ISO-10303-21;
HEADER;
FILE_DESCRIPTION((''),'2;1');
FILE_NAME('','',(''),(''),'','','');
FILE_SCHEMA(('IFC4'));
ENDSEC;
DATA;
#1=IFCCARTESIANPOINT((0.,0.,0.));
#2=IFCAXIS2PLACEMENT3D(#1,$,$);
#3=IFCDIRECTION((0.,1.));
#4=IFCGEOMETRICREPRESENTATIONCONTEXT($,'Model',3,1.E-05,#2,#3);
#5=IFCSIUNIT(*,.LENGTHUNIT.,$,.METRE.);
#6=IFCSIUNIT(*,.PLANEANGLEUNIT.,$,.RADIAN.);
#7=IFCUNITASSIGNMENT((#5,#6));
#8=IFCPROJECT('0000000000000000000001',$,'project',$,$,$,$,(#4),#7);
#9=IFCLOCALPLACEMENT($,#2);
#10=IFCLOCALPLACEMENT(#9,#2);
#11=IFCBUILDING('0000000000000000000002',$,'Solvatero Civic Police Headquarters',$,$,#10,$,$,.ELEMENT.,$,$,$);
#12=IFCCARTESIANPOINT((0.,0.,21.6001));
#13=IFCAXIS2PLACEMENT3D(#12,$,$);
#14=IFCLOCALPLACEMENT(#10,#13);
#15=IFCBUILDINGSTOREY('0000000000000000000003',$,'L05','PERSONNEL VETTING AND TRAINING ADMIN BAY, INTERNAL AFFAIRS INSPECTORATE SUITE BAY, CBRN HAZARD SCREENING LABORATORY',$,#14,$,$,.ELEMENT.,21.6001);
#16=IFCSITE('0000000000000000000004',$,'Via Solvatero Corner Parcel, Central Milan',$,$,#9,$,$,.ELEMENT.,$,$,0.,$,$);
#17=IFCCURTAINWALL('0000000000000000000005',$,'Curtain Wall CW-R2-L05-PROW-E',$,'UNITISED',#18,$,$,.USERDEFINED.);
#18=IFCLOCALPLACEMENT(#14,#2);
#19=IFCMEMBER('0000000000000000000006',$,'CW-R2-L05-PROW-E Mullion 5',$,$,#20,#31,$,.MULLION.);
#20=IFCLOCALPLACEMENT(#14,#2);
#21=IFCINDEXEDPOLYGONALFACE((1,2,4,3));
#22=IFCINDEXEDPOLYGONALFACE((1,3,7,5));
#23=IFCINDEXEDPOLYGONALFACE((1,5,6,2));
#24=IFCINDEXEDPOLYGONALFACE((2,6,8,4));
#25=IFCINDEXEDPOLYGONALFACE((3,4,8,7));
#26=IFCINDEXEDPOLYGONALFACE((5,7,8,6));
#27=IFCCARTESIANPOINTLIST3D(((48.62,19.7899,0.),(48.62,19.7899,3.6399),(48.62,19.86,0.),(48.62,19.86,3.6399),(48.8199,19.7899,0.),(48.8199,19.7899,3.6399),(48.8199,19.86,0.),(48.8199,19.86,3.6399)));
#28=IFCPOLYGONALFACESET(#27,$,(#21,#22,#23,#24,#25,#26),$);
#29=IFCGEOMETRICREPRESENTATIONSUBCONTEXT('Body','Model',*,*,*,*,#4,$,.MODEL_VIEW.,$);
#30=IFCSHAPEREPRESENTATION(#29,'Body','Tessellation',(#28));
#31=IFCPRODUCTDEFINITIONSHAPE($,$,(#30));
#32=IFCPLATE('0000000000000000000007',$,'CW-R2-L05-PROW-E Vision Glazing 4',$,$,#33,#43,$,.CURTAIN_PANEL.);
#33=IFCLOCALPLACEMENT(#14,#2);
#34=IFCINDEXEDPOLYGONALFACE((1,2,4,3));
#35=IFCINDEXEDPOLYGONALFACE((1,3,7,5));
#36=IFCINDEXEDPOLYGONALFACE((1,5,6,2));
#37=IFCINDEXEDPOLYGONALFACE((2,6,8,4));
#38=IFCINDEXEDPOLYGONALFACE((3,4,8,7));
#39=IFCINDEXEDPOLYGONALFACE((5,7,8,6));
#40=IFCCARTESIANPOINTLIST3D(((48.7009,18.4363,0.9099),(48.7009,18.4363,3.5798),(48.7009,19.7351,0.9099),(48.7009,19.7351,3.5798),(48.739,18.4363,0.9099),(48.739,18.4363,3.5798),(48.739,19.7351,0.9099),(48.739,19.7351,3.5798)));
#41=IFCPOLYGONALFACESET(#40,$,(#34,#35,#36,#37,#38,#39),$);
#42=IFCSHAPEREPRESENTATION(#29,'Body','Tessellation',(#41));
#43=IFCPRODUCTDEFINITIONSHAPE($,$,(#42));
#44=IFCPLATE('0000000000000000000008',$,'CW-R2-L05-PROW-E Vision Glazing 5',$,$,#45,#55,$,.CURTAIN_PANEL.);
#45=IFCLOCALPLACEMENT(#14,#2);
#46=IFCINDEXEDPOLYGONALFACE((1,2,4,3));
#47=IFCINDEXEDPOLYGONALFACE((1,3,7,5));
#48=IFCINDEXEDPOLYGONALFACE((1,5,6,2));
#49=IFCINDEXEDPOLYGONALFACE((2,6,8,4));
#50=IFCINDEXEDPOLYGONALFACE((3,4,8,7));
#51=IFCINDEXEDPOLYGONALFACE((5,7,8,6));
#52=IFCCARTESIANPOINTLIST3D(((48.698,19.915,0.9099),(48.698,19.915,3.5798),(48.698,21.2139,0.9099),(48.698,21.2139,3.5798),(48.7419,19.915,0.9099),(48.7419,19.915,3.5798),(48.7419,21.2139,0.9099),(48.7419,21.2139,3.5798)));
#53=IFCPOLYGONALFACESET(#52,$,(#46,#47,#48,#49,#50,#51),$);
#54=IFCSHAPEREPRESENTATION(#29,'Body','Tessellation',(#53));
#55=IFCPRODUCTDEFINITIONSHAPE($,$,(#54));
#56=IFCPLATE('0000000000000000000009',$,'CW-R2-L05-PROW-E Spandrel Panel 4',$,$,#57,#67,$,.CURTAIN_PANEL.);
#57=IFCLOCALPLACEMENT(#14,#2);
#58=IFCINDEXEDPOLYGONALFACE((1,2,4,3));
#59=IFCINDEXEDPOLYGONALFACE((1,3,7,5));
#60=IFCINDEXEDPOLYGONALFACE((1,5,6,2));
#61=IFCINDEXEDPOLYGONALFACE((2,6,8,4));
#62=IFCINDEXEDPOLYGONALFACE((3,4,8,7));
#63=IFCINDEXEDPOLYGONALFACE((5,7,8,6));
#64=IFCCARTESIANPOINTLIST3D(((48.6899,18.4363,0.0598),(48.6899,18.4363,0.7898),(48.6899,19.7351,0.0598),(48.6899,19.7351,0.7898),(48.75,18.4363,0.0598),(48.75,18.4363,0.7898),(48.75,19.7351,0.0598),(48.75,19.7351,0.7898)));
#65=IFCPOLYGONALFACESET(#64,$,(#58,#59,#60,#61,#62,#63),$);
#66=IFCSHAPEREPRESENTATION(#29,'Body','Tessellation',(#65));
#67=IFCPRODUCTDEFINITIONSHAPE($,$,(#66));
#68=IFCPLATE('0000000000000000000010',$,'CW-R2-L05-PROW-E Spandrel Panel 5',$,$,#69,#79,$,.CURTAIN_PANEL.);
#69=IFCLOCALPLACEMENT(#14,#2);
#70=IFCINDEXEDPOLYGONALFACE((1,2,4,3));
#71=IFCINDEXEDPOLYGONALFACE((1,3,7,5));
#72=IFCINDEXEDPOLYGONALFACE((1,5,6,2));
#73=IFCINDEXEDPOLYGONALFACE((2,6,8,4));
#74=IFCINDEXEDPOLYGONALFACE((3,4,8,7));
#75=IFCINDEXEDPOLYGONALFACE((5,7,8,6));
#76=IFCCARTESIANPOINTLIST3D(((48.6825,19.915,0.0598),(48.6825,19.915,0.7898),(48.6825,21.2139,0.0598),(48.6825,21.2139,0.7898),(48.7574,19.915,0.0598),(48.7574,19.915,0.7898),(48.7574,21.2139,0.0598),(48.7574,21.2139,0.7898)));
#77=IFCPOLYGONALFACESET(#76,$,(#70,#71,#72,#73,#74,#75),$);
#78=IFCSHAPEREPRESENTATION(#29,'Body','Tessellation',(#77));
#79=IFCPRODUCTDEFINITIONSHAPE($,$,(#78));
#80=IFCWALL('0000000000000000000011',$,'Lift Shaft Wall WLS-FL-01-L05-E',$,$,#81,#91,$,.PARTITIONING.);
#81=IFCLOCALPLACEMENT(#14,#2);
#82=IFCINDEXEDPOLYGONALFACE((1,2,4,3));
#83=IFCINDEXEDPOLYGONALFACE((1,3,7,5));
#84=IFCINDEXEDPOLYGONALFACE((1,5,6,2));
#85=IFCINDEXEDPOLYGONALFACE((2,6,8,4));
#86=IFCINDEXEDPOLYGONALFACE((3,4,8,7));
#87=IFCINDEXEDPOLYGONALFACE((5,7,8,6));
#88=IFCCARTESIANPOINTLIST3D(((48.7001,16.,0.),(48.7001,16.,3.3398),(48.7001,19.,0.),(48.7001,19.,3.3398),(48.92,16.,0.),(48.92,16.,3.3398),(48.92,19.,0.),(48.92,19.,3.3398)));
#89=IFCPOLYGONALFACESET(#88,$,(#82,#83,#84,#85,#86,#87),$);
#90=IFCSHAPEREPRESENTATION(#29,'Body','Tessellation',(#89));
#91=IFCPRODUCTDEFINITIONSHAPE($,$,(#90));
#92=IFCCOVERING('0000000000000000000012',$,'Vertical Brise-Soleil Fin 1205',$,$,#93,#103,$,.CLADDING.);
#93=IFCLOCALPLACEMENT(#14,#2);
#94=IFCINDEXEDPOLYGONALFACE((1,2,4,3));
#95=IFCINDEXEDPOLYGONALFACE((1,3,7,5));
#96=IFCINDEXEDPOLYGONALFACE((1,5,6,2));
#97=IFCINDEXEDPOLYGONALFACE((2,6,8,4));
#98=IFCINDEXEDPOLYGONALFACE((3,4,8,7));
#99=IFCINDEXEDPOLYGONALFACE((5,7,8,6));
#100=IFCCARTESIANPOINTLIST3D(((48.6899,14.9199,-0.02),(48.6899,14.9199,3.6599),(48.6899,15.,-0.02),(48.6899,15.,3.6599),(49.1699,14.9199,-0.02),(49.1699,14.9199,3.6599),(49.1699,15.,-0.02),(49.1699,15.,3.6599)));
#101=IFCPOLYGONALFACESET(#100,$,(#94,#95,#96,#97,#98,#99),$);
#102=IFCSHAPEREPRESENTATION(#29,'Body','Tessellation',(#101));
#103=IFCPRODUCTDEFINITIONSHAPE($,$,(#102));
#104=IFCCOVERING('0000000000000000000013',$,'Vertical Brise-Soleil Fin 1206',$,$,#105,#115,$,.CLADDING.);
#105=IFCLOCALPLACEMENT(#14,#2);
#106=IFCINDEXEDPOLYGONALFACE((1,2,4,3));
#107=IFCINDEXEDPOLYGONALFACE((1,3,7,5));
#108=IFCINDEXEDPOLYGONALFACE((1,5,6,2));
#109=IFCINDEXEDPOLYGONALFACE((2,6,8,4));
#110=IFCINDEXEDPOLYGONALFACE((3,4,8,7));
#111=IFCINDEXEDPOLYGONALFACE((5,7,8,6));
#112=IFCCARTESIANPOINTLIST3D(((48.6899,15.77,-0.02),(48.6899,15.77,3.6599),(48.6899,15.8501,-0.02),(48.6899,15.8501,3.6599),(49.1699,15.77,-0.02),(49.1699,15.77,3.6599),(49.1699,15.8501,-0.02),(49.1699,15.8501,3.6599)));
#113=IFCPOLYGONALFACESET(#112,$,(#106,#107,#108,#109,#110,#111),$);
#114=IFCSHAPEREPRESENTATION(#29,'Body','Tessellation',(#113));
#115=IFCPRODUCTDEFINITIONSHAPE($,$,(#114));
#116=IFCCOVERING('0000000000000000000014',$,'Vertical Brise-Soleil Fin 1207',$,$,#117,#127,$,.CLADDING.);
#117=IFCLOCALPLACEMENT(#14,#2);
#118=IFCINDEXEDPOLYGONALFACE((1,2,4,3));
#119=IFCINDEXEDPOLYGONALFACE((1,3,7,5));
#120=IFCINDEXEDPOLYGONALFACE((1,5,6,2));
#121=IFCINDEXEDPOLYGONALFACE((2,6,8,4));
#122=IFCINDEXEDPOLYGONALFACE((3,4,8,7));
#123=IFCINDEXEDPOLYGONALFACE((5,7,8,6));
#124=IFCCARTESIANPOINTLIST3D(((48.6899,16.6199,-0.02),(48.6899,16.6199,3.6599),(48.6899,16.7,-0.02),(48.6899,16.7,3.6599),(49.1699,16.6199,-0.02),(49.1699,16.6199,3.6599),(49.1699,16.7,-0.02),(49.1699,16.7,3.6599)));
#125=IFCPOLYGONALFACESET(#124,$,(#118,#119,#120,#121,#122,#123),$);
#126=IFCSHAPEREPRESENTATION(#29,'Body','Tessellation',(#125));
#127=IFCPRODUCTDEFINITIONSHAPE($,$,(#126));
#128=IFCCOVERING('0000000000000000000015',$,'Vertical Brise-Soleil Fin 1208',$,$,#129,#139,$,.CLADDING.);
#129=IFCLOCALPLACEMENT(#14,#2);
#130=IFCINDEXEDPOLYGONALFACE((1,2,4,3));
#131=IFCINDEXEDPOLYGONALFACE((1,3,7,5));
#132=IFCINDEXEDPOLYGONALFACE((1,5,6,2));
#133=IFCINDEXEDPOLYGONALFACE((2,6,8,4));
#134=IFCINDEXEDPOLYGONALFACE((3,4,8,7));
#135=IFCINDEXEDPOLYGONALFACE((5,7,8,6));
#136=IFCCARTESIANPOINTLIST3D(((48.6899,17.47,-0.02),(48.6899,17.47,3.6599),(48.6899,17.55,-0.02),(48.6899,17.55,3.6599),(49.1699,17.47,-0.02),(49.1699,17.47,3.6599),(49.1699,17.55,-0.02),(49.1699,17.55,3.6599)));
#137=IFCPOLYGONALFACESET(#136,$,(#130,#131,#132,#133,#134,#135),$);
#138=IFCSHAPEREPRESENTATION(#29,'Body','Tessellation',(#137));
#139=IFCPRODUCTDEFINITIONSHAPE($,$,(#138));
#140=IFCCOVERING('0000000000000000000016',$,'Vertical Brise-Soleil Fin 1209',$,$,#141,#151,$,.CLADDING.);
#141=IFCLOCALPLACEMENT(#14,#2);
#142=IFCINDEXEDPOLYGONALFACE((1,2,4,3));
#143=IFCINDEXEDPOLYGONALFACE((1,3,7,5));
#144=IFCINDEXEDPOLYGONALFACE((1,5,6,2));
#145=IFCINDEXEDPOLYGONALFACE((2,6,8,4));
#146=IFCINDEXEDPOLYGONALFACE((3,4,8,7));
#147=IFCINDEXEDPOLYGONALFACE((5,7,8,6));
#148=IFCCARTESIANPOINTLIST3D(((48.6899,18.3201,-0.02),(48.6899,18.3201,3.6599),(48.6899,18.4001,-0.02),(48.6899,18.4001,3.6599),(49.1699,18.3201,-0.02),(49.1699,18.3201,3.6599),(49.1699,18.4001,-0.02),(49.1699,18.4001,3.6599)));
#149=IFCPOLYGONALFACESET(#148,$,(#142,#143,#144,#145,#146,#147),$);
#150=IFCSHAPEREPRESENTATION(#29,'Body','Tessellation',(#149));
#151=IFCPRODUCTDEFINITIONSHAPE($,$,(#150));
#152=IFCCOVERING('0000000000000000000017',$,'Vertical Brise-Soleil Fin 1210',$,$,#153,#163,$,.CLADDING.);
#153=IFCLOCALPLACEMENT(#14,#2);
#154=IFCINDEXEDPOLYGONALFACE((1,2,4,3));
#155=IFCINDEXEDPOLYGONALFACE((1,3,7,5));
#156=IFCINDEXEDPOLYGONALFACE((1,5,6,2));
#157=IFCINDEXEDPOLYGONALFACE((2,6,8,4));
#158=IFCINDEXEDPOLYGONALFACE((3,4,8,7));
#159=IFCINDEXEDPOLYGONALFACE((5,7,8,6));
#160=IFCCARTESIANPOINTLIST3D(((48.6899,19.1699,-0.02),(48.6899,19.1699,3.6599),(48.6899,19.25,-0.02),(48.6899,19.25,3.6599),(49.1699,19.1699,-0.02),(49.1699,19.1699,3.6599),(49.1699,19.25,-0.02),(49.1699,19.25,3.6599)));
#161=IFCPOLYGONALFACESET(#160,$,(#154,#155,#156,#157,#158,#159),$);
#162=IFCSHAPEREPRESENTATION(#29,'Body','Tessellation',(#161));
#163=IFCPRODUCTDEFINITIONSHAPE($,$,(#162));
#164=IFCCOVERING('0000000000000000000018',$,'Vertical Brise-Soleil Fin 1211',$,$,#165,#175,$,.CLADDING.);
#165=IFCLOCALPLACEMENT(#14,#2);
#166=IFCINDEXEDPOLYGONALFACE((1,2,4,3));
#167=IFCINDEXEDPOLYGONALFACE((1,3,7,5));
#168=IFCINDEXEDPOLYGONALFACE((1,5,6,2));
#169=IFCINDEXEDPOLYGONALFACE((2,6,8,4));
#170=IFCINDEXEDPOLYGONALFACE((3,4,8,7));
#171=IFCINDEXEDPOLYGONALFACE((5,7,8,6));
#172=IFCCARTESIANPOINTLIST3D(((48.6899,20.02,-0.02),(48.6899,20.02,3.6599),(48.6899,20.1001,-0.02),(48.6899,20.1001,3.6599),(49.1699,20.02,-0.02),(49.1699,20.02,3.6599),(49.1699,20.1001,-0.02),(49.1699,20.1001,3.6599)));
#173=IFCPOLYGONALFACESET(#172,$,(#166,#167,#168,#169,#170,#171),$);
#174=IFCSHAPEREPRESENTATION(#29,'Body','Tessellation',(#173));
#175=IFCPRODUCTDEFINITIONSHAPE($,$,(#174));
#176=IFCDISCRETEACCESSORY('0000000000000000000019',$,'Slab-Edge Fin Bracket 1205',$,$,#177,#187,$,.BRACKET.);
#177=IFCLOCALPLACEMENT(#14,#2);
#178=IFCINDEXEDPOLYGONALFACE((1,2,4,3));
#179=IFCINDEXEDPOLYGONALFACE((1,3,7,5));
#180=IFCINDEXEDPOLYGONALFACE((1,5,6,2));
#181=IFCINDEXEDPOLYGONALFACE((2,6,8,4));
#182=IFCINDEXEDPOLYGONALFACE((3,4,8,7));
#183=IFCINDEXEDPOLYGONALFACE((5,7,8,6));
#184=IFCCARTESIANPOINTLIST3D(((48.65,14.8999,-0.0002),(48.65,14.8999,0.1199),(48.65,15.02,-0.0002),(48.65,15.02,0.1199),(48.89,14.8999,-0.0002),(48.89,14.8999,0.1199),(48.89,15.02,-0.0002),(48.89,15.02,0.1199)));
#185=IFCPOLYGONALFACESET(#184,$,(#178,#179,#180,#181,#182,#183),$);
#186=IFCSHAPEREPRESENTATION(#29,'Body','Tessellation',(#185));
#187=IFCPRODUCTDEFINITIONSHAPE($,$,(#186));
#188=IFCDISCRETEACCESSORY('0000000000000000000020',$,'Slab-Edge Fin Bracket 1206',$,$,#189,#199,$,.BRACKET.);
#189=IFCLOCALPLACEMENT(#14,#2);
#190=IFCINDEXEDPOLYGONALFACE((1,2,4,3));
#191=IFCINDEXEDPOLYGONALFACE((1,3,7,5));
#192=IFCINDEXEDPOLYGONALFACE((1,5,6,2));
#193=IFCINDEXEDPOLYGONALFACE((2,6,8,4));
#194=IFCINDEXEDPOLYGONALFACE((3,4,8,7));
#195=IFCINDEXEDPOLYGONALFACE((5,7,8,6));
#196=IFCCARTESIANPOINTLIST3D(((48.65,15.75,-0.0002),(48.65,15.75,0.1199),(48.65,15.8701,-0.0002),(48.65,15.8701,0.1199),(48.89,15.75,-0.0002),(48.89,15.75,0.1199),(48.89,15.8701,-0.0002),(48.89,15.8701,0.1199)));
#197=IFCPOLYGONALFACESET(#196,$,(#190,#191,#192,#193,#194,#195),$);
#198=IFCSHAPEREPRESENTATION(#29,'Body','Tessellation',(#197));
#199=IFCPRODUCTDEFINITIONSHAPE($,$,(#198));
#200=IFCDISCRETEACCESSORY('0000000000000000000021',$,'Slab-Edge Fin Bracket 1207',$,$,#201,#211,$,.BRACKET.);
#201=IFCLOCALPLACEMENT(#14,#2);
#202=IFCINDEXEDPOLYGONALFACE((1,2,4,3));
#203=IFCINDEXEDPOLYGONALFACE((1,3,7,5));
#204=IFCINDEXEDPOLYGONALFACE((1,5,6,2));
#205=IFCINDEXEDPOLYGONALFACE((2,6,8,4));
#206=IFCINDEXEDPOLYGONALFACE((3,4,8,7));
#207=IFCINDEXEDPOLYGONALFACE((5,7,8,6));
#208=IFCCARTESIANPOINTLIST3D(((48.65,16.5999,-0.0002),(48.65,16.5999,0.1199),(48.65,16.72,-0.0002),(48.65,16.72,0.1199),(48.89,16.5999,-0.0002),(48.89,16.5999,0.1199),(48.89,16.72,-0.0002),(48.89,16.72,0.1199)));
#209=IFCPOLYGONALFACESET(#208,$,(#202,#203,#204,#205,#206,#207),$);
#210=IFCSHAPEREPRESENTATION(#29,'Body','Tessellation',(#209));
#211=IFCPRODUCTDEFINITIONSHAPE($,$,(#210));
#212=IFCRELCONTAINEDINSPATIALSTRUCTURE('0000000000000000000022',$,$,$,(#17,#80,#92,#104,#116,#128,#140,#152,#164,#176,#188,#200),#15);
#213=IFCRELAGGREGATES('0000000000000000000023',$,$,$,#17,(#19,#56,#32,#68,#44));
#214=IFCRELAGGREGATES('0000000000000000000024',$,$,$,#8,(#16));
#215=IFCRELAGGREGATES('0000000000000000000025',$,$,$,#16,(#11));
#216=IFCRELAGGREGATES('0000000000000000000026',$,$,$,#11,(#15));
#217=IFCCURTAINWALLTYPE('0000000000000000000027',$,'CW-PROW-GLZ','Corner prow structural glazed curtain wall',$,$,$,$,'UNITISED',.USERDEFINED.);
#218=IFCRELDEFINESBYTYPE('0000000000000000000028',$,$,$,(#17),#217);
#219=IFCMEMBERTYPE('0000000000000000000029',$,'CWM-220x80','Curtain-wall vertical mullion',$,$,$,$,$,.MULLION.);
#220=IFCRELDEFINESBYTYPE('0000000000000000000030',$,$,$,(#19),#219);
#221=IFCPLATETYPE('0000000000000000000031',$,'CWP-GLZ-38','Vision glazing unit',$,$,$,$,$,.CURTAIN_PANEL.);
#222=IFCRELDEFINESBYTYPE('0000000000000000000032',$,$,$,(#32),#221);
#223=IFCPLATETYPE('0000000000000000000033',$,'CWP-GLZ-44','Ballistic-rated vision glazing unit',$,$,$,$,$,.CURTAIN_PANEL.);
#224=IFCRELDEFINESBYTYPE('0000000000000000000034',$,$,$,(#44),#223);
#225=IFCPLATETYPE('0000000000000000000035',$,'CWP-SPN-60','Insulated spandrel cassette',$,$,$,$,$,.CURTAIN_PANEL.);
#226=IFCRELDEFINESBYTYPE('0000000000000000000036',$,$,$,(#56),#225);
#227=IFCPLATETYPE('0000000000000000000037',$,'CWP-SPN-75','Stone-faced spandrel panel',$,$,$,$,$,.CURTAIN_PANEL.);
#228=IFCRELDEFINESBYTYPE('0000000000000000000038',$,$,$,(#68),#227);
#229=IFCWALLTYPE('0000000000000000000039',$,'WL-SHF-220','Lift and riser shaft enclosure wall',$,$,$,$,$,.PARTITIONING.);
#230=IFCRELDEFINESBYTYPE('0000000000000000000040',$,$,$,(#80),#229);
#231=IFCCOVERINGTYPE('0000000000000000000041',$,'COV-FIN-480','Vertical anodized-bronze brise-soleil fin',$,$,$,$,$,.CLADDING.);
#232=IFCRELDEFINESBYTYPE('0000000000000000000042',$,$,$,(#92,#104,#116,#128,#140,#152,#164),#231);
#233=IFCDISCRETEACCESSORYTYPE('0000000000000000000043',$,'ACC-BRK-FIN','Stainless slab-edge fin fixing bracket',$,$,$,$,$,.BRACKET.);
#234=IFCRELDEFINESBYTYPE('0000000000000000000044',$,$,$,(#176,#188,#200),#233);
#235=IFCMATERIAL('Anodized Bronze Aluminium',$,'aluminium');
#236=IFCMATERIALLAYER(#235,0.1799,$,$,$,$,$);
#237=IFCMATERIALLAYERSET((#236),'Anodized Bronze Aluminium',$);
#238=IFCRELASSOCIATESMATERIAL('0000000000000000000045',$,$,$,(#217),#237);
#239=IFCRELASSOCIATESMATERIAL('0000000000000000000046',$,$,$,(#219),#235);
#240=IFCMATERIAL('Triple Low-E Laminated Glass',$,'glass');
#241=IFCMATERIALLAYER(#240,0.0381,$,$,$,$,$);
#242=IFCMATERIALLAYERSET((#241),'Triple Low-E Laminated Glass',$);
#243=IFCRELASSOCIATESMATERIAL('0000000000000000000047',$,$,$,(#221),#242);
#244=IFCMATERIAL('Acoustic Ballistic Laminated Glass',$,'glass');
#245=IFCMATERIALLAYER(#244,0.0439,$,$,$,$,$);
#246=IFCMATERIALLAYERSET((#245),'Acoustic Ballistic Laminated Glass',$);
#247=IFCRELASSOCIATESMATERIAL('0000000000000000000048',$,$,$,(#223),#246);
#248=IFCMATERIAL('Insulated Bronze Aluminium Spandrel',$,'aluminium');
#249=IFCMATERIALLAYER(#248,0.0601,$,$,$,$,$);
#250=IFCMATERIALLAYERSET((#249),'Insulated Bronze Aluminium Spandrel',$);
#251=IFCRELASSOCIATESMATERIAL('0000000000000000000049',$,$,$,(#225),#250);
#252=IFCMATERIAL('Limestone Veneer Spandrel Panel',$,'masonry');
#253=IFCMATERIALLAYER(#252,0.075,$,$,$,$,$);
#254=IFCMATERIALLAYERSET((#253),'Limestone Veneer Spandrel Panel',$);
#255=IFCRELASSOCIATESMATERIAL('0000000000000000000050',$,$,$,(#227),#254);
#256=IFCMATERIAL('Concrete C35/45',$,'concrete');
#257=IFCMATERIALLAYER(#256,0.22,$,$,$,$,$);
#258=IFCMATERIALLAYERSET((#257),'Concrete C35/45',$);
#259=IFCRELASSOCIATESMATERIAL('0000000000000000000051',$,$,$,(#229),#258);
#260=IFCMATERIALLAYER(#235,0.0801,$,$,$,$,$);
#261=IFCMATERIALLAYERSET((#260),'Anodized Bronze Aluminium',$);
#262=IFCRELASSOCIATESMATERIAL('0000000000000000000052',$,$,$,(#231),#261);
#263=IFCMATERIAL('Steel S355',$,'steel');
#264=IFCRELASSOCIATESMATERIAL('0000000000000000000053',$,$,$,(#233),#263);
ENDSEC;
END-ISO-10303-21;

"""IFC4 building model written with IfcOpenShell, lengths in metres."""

from ifc_helpers import new_model, si_unit, direction, frame, frame_2d, origin, origin_2d, place, context, subcontext, project, spatial, rectangle, extrude, material, layer, layer_set, material_profile, profile_set, type_object, element, aggregate, save


model = new_model("IFC4")

# Units and contexts
model_context = context("Model", 3, precision=1e-05, world=origin(), true_north=direction((0.0, 1.0)))
body_context = subcontext(model_context, "Body", "Model", "MODEL_VIEW")
ifc_project = project(units=[si_unit("LENGTHUNIT", "METRE"), si_unit("PLANEANGLEUNIT", "RADIAN")], contexts=[model_context])

# Site, building, storey
site_placement = place(None, origin())
site = spatial("IfcSite", under=ifc_project, at=site_placement, Name="Via Solvatero Corner Parcel, Central Milan", CompositionType="ELEMENT", RefElevation=0.0)
building_placement = place(site_placement, origin())
building = spatial("IfcBuilding", under=site, at=building_placement, Name="Solvatero Civic Police Headquarters", CompositionType="ELEMENT")
storey_placement = place(building_placement, frame((0.0, 0.0, 21.6001)))
storey = spatial("IfcBuildingStorey", under=building, at=storey_placement, Name="L05", Description="PERSONNEL VETTING AND TRAINING ADMIN BAY, INTERNAL AFFAIRS INSPECTORATE SUITE BAY, CBRN HAZARD SCREENING LABORATORY", CompositionType="ELEMENT", Elevation=21.6001)

# Curtain wall, member, plates
ifc_material_1 = material(Name="Anodized Bronze Aluminium", Category="aluminium")
ifc_layer_1 = layer(ifc_material_1, 0.1799)
ifc_layer_set_1 = layer_set([ifc_layer_1], Name="Anodized Bronze Aluminium")
curtain_wall_type = type_object("IfcCurtainWallType", Name="CW-PROW-GLZ", Description="Corner prow structural glazed curtain wall", ElementType="UNITISED", PredefinedType="USERDEFINED", material=ifc_layer_set_1)
curtain_wall_placement = place(storey_placement, origin())
curtain_wall = element("IfcCurtainWall", 1, at=curtain_wall_placement, inside=storey, type_object=curtain_wall_type, Name="Curtain Wall CW-R2-L05-PROW-E", ObjectType="UNITISED", PredefinedType="USERDEFINED")
ifc_material_profile = material_profile(ifc_material_1, rectangle(XDim=0.0701, YDim=0.2, at=origin_2d()), Name="ALU MULLION 70x200")
ifc_profile_set = profile_set([ifc_material_profile], Name="Anodized Bronze Aluminium")
member_type = type_object("IfcMemberType", Name="CWM-220x80", Description="Curtain-wall vertical mullion", PredefinedType="MULLION", material=ifc_profile_set)
member_placement = place(storey_placement, frame((48.72, 19.825, 0.0), z_axis=(0.0, 0.0, 1.0), x_axis=(0.0, 1.0, 0.0)))
member = element("IfcMember", 2, at=member_placement, type_object=member_type, Name="CW-R2-L05-PROW-E Mullion 5", PredefinedType="MULLION", context=body_context, shape_type="SweptSolid", body=[
    extrude(rectangle(XDim=0.0701, YDim=0.2, at=origin_2d()), origin(), (0.0, 0.0, 1.0), 3.6399),
])
ifc_material_2 = material(Name="Triple Low-E Laminated Glass", Category="glass")
ifc_layer_2 = layer(ifc_material_2, 0.0381)
ifc_layer_set_2 = layer_set([ifc_layer_2], Name="Triple Low-E Laminated Glass")
plate_type_1 = type_object("IfcPlateType", Name="CWP-GLZ-38", Description="Vision glazing unit", PredefinedType="CURTAIN_PANEL", material=ifc_layer_set_2)
plate_1_placement = place(storey_placement, frame((48.72, 19.0857, 0.9099), z_axis=(0.0, 0.0, 1.0), x_axis=(0.0, 1.0, 0.0)))
plate_1 = element("IfcPlate", 3, at=plate_1_placement, type_object=plate_type_1, Name="CW-R2-L05-PROW-E Vision Glazing 4", PredefinedType="CURTAIN_PANEL", context=body_context, shape_type="SweptSolid", body=[
    extrude(rectangle(XDim=1.2988, YDim=0.0381, at=origin_2d()), origin(), (0.0, 0.0, 1.0), 2.6699),
])
ifc_material_3 = material(Name="Acoustic Ballistic Laminated Glass", Category="glass")
ifc_layer_3 = layer(ifc_material_3, 0.0439)
ifc_layer_set_3 = layer_set([ifc_layer_3], Name="Acoustic Ballistic Laminated Glass")
plate_type_2 = type_object("IfcPlateType", Name="CWP-GLZ-44", Description="Ballistic-rated vision glazing unit", PredefinedType="CURTAIN_PANEL", material=ifc_layer_set_3)
plate_2_placement = place(storey_placement, frame((48.72, 20.5645, 0.9099), z_axis=(0.0, 0.0, 1.0), x_axis=(0.0, 1.0, 0.0)))
plate_2 = element("IfcPlate", 4, at=plate_2_placement, type_object=plate_type_2, Name="CW-R2-L05-PROW-E Vision Glazing 5", PredefinedType="CURTAIN_PANEL", context=body_context, shape_type="SweptSolid", body=[
    extrude(rectangle(XDim=1.2988, YDim=0.0439, at=origin_2d()), origin(), (0.0, 0.0, 1.0), 2.6699),
])
ifc_material_4 = material(Name="Insulated Bronze Aluminium Spandrel", Category="aluminium")
ifc_layer_4 = layer(ifc_material_4, 0.0601)
ifc_layer_set_4 = layer_set([ifc_layer_4], Name="Insulated Bronze Aluminium Spandrel")
plate_type_3 = type_object("IfcPlateType", Name="CWP-SPN-60", Description="Insulated spandrel cassette", PredefinedType="CURTAIN_PANEL", material=ifc_layer_set_4)
plate_3_placement = place(storey_placement, frame((48.72, 19.0857, 0.0598), z_axis=(0.0, 0.0, 1.0), x_axis=(0.0, 1.0, 0.0)))
plate_3 = element("IfcPlate", 5, at=plate_3_placement, type_object=plate_type_3, Name="CW-R2-L05-PROW-E Spandrel Panel 4", PredefinedType="CURTAIN_PANEL", context=body_context, shape_type="SweptSolid", body=[
    extrude(rectangle(XDim=1.2988, YDim=0.0601, at=origin_2d()), origin(), (0.0, 0.0, 1.0), 0.73),
])
ifc_material_5 = material(Name="Limestone Veneer Spandrel Panel", Category="masonry")
ifc_layer_5 = layer(ifc_material_5, 0.075)
ifc_layer_set_5 = layer_set([ifc_layer_5], Name="Limestone Veneer Spandrel Panel")
plate_type_4 = type_object("IfcPlateType", Name="CWP-SPN-75", Description="Stone-faced spandrel panel", PredefinedType="CURTAIN_PANEL", material=ifc_layer_set_5)
plate_4_placement = place(storey_placement, frame((48.72, 20.5645, 0.0598), z_axis=(0.0, 0.0, 1.0), x_axis=(0.0, 1.0, 0.0)))
plate_4 = element("IfcPlate", 6, at=plate_4_placement, type_object=plate_type_4, Name="CW-R2-L05-PROW-E Spandrel Panel 5", PredefinedType="CURTAIN_PANEL", context=body_context, shape_type="SweptSolid", body=[
    extrude(rectangle(XDim=1.2988, YDim=0.075, at=origin_2d()), origin(), (0.0, 0.0, 1.0), 0.73),
])
aggregate(curtain_wall, [member, plate_3, plate_1, plate_4, plate_2])

# Wall
ifc_material_6 = material(Name="Concrete C35/45", Category="concrete")
ifc_layer_6 = layer(ifc_material_6, 0.22)
ifc_layer_set_6 = layer_set([ifc_layer_6], Name="Concrete C35/45")
wall_type = type_object("IfcWallType", Name="WL-SHF-220", Description="Lift and riser shaft enclosure wall", PredefinedType="PARTITIONING", material=ifc_layer_set_6)
wall_placement = place(storey_placement, frame((48.8101, 16.0, 0.0), z_axis=(0.0, 0.0, 1.0), x_axis=(0.0, 1.0, 0.0)))
element("IfcWall", 7, at=wall_placement, inside=storey, type_object=wall_type, Name="Lift Shaft Wall WLS-FL-01-L05-E", PredefinedType="PARTITIONING", context=body_context, shape_type="SweptSolid", body=[
    extrude(rectangle(XDim=3.0, YDim=0.22, at=frame_2d((1.5, 0.0))), origin(), (0.0, 0.0, 1.0), 3.3398),
])

# Coverings
ifc_layer_7 = layer(ifc_material_1, 0.0801)
ifc_layer_set_7 = layer_set([ifc_layer_7], Name="Anodized Bronze Aluminium")
covering_type = type_object("IfcCoveringType", Name="COV-FIN-480", Description="Vertical anodized-bronze brise-soleil fin", PredefinedType="CLADDING", material=ifc_layer_set_7)
for number, where, z_axis, x_axis, name in (
    (8, (48.9299, 14.96, -0.02), (0.0, 0.0, 1.0), (0.0, 1.0, 0.0), "Vertical Brise-Soleil Fin 1205"),
    (9, (48.9299, 15.8101, -0.02), (0.0, 0.0, 1.0), (0.0, 1.0, 0.0), "Vertical Brise-Soleil Fin 1206"),
    (10, (48.9299, 16.6599, -0.02), (0.0, 0.0, 1.0), (0.0, 1.0, 0.0), "Vertical Brise-Soleil Fin 1207"),
    (11, (48.9299, 17.51, -0.02), (0.0, 0.0, 1.0), (0.0, 1.0, 0.0), "Vertical Brise-Soleil Fin 1208"),
    (12, (48.9299, 18.3601, -0.02), (0.0, 0.0, 1.0), (0.0, 1.0, 0.0), "Vertical Brise-Soleil Fin 1209"),
    (13, (48.9299, 19.21, -0.02), (0.0, 0.0, 1.0), (0.0, 1.0, 0.0), "Vertical Brise-Soleil Fin 1210"),
    (14, (48.9299, 20.0601, -0.02), (0.0, 0.0, 1.0), (0.0, 1.0, 0.0), "Vertical Brise-Soleil Fin 1211"),
):
    element("IfcCovering", number, at=place(storey_placement, frame(where, z_axis=z_axis, x_axis=x_axis)), inside=storey, type_object=covering_type, Name=name, PredefinedType="CLADDING", context=body_context, shape_type="SweptSolid", body=[
        extrude(rectangle(XDim=0.0801, YDim=0.48, at=origin_2d()), origin(), (0.0, 0.0, 1.0), 3.6799),
    ])

# Discrete accessories
ifc_material_7 = material(Name="Steel S355", Category="steel")
discrete_accessory_type = type_object("IfcDiscreteAccessoryType", Name="ACC-BRK-FIN", Description="Stainless slab-edge fin fixing bracket", PredefinedType="BRACKET", material=ifc_material_7)
for number, where, z_axis, x_axis, name in (
    (15, (48.77, 14.96, -0.0002), (0.0, 0.0, 1.0), (0.0, 1.0, 0.0), "Slab-Edge Fin Bracket 1205"),
    (16, (48.77, 15.8101, -0.0002), (0.0, 0.0, 1.0), (0.0, 1.0, 0.0), "Slab-Edge Fin Bracket 1206"),
    (17, (48.77, 16.6599, -0.0002), (0.0, 0.0, 1.0), (0.0, 1.0, 0.0), "Slab-Edge Fin Bracket 1207"),
):
    element("IfcDiscreteAccessory", number, at=place(storey_placement, frame(where, z_axis=z_axis, x_axis=x_axis)), inside=storey, type_object=discrete_accessory_type, Name=name, PredefinedType="BRACKET", context=body_context, shape_type="SweptSolid", body=[
        extrude(rectangle(XDim=0.1201, YDim=0.24, at=origin_2d()), origin(), (0.0, 0.0, 1.0), 0.1201),
    ])

save(model, "model.ifc")
